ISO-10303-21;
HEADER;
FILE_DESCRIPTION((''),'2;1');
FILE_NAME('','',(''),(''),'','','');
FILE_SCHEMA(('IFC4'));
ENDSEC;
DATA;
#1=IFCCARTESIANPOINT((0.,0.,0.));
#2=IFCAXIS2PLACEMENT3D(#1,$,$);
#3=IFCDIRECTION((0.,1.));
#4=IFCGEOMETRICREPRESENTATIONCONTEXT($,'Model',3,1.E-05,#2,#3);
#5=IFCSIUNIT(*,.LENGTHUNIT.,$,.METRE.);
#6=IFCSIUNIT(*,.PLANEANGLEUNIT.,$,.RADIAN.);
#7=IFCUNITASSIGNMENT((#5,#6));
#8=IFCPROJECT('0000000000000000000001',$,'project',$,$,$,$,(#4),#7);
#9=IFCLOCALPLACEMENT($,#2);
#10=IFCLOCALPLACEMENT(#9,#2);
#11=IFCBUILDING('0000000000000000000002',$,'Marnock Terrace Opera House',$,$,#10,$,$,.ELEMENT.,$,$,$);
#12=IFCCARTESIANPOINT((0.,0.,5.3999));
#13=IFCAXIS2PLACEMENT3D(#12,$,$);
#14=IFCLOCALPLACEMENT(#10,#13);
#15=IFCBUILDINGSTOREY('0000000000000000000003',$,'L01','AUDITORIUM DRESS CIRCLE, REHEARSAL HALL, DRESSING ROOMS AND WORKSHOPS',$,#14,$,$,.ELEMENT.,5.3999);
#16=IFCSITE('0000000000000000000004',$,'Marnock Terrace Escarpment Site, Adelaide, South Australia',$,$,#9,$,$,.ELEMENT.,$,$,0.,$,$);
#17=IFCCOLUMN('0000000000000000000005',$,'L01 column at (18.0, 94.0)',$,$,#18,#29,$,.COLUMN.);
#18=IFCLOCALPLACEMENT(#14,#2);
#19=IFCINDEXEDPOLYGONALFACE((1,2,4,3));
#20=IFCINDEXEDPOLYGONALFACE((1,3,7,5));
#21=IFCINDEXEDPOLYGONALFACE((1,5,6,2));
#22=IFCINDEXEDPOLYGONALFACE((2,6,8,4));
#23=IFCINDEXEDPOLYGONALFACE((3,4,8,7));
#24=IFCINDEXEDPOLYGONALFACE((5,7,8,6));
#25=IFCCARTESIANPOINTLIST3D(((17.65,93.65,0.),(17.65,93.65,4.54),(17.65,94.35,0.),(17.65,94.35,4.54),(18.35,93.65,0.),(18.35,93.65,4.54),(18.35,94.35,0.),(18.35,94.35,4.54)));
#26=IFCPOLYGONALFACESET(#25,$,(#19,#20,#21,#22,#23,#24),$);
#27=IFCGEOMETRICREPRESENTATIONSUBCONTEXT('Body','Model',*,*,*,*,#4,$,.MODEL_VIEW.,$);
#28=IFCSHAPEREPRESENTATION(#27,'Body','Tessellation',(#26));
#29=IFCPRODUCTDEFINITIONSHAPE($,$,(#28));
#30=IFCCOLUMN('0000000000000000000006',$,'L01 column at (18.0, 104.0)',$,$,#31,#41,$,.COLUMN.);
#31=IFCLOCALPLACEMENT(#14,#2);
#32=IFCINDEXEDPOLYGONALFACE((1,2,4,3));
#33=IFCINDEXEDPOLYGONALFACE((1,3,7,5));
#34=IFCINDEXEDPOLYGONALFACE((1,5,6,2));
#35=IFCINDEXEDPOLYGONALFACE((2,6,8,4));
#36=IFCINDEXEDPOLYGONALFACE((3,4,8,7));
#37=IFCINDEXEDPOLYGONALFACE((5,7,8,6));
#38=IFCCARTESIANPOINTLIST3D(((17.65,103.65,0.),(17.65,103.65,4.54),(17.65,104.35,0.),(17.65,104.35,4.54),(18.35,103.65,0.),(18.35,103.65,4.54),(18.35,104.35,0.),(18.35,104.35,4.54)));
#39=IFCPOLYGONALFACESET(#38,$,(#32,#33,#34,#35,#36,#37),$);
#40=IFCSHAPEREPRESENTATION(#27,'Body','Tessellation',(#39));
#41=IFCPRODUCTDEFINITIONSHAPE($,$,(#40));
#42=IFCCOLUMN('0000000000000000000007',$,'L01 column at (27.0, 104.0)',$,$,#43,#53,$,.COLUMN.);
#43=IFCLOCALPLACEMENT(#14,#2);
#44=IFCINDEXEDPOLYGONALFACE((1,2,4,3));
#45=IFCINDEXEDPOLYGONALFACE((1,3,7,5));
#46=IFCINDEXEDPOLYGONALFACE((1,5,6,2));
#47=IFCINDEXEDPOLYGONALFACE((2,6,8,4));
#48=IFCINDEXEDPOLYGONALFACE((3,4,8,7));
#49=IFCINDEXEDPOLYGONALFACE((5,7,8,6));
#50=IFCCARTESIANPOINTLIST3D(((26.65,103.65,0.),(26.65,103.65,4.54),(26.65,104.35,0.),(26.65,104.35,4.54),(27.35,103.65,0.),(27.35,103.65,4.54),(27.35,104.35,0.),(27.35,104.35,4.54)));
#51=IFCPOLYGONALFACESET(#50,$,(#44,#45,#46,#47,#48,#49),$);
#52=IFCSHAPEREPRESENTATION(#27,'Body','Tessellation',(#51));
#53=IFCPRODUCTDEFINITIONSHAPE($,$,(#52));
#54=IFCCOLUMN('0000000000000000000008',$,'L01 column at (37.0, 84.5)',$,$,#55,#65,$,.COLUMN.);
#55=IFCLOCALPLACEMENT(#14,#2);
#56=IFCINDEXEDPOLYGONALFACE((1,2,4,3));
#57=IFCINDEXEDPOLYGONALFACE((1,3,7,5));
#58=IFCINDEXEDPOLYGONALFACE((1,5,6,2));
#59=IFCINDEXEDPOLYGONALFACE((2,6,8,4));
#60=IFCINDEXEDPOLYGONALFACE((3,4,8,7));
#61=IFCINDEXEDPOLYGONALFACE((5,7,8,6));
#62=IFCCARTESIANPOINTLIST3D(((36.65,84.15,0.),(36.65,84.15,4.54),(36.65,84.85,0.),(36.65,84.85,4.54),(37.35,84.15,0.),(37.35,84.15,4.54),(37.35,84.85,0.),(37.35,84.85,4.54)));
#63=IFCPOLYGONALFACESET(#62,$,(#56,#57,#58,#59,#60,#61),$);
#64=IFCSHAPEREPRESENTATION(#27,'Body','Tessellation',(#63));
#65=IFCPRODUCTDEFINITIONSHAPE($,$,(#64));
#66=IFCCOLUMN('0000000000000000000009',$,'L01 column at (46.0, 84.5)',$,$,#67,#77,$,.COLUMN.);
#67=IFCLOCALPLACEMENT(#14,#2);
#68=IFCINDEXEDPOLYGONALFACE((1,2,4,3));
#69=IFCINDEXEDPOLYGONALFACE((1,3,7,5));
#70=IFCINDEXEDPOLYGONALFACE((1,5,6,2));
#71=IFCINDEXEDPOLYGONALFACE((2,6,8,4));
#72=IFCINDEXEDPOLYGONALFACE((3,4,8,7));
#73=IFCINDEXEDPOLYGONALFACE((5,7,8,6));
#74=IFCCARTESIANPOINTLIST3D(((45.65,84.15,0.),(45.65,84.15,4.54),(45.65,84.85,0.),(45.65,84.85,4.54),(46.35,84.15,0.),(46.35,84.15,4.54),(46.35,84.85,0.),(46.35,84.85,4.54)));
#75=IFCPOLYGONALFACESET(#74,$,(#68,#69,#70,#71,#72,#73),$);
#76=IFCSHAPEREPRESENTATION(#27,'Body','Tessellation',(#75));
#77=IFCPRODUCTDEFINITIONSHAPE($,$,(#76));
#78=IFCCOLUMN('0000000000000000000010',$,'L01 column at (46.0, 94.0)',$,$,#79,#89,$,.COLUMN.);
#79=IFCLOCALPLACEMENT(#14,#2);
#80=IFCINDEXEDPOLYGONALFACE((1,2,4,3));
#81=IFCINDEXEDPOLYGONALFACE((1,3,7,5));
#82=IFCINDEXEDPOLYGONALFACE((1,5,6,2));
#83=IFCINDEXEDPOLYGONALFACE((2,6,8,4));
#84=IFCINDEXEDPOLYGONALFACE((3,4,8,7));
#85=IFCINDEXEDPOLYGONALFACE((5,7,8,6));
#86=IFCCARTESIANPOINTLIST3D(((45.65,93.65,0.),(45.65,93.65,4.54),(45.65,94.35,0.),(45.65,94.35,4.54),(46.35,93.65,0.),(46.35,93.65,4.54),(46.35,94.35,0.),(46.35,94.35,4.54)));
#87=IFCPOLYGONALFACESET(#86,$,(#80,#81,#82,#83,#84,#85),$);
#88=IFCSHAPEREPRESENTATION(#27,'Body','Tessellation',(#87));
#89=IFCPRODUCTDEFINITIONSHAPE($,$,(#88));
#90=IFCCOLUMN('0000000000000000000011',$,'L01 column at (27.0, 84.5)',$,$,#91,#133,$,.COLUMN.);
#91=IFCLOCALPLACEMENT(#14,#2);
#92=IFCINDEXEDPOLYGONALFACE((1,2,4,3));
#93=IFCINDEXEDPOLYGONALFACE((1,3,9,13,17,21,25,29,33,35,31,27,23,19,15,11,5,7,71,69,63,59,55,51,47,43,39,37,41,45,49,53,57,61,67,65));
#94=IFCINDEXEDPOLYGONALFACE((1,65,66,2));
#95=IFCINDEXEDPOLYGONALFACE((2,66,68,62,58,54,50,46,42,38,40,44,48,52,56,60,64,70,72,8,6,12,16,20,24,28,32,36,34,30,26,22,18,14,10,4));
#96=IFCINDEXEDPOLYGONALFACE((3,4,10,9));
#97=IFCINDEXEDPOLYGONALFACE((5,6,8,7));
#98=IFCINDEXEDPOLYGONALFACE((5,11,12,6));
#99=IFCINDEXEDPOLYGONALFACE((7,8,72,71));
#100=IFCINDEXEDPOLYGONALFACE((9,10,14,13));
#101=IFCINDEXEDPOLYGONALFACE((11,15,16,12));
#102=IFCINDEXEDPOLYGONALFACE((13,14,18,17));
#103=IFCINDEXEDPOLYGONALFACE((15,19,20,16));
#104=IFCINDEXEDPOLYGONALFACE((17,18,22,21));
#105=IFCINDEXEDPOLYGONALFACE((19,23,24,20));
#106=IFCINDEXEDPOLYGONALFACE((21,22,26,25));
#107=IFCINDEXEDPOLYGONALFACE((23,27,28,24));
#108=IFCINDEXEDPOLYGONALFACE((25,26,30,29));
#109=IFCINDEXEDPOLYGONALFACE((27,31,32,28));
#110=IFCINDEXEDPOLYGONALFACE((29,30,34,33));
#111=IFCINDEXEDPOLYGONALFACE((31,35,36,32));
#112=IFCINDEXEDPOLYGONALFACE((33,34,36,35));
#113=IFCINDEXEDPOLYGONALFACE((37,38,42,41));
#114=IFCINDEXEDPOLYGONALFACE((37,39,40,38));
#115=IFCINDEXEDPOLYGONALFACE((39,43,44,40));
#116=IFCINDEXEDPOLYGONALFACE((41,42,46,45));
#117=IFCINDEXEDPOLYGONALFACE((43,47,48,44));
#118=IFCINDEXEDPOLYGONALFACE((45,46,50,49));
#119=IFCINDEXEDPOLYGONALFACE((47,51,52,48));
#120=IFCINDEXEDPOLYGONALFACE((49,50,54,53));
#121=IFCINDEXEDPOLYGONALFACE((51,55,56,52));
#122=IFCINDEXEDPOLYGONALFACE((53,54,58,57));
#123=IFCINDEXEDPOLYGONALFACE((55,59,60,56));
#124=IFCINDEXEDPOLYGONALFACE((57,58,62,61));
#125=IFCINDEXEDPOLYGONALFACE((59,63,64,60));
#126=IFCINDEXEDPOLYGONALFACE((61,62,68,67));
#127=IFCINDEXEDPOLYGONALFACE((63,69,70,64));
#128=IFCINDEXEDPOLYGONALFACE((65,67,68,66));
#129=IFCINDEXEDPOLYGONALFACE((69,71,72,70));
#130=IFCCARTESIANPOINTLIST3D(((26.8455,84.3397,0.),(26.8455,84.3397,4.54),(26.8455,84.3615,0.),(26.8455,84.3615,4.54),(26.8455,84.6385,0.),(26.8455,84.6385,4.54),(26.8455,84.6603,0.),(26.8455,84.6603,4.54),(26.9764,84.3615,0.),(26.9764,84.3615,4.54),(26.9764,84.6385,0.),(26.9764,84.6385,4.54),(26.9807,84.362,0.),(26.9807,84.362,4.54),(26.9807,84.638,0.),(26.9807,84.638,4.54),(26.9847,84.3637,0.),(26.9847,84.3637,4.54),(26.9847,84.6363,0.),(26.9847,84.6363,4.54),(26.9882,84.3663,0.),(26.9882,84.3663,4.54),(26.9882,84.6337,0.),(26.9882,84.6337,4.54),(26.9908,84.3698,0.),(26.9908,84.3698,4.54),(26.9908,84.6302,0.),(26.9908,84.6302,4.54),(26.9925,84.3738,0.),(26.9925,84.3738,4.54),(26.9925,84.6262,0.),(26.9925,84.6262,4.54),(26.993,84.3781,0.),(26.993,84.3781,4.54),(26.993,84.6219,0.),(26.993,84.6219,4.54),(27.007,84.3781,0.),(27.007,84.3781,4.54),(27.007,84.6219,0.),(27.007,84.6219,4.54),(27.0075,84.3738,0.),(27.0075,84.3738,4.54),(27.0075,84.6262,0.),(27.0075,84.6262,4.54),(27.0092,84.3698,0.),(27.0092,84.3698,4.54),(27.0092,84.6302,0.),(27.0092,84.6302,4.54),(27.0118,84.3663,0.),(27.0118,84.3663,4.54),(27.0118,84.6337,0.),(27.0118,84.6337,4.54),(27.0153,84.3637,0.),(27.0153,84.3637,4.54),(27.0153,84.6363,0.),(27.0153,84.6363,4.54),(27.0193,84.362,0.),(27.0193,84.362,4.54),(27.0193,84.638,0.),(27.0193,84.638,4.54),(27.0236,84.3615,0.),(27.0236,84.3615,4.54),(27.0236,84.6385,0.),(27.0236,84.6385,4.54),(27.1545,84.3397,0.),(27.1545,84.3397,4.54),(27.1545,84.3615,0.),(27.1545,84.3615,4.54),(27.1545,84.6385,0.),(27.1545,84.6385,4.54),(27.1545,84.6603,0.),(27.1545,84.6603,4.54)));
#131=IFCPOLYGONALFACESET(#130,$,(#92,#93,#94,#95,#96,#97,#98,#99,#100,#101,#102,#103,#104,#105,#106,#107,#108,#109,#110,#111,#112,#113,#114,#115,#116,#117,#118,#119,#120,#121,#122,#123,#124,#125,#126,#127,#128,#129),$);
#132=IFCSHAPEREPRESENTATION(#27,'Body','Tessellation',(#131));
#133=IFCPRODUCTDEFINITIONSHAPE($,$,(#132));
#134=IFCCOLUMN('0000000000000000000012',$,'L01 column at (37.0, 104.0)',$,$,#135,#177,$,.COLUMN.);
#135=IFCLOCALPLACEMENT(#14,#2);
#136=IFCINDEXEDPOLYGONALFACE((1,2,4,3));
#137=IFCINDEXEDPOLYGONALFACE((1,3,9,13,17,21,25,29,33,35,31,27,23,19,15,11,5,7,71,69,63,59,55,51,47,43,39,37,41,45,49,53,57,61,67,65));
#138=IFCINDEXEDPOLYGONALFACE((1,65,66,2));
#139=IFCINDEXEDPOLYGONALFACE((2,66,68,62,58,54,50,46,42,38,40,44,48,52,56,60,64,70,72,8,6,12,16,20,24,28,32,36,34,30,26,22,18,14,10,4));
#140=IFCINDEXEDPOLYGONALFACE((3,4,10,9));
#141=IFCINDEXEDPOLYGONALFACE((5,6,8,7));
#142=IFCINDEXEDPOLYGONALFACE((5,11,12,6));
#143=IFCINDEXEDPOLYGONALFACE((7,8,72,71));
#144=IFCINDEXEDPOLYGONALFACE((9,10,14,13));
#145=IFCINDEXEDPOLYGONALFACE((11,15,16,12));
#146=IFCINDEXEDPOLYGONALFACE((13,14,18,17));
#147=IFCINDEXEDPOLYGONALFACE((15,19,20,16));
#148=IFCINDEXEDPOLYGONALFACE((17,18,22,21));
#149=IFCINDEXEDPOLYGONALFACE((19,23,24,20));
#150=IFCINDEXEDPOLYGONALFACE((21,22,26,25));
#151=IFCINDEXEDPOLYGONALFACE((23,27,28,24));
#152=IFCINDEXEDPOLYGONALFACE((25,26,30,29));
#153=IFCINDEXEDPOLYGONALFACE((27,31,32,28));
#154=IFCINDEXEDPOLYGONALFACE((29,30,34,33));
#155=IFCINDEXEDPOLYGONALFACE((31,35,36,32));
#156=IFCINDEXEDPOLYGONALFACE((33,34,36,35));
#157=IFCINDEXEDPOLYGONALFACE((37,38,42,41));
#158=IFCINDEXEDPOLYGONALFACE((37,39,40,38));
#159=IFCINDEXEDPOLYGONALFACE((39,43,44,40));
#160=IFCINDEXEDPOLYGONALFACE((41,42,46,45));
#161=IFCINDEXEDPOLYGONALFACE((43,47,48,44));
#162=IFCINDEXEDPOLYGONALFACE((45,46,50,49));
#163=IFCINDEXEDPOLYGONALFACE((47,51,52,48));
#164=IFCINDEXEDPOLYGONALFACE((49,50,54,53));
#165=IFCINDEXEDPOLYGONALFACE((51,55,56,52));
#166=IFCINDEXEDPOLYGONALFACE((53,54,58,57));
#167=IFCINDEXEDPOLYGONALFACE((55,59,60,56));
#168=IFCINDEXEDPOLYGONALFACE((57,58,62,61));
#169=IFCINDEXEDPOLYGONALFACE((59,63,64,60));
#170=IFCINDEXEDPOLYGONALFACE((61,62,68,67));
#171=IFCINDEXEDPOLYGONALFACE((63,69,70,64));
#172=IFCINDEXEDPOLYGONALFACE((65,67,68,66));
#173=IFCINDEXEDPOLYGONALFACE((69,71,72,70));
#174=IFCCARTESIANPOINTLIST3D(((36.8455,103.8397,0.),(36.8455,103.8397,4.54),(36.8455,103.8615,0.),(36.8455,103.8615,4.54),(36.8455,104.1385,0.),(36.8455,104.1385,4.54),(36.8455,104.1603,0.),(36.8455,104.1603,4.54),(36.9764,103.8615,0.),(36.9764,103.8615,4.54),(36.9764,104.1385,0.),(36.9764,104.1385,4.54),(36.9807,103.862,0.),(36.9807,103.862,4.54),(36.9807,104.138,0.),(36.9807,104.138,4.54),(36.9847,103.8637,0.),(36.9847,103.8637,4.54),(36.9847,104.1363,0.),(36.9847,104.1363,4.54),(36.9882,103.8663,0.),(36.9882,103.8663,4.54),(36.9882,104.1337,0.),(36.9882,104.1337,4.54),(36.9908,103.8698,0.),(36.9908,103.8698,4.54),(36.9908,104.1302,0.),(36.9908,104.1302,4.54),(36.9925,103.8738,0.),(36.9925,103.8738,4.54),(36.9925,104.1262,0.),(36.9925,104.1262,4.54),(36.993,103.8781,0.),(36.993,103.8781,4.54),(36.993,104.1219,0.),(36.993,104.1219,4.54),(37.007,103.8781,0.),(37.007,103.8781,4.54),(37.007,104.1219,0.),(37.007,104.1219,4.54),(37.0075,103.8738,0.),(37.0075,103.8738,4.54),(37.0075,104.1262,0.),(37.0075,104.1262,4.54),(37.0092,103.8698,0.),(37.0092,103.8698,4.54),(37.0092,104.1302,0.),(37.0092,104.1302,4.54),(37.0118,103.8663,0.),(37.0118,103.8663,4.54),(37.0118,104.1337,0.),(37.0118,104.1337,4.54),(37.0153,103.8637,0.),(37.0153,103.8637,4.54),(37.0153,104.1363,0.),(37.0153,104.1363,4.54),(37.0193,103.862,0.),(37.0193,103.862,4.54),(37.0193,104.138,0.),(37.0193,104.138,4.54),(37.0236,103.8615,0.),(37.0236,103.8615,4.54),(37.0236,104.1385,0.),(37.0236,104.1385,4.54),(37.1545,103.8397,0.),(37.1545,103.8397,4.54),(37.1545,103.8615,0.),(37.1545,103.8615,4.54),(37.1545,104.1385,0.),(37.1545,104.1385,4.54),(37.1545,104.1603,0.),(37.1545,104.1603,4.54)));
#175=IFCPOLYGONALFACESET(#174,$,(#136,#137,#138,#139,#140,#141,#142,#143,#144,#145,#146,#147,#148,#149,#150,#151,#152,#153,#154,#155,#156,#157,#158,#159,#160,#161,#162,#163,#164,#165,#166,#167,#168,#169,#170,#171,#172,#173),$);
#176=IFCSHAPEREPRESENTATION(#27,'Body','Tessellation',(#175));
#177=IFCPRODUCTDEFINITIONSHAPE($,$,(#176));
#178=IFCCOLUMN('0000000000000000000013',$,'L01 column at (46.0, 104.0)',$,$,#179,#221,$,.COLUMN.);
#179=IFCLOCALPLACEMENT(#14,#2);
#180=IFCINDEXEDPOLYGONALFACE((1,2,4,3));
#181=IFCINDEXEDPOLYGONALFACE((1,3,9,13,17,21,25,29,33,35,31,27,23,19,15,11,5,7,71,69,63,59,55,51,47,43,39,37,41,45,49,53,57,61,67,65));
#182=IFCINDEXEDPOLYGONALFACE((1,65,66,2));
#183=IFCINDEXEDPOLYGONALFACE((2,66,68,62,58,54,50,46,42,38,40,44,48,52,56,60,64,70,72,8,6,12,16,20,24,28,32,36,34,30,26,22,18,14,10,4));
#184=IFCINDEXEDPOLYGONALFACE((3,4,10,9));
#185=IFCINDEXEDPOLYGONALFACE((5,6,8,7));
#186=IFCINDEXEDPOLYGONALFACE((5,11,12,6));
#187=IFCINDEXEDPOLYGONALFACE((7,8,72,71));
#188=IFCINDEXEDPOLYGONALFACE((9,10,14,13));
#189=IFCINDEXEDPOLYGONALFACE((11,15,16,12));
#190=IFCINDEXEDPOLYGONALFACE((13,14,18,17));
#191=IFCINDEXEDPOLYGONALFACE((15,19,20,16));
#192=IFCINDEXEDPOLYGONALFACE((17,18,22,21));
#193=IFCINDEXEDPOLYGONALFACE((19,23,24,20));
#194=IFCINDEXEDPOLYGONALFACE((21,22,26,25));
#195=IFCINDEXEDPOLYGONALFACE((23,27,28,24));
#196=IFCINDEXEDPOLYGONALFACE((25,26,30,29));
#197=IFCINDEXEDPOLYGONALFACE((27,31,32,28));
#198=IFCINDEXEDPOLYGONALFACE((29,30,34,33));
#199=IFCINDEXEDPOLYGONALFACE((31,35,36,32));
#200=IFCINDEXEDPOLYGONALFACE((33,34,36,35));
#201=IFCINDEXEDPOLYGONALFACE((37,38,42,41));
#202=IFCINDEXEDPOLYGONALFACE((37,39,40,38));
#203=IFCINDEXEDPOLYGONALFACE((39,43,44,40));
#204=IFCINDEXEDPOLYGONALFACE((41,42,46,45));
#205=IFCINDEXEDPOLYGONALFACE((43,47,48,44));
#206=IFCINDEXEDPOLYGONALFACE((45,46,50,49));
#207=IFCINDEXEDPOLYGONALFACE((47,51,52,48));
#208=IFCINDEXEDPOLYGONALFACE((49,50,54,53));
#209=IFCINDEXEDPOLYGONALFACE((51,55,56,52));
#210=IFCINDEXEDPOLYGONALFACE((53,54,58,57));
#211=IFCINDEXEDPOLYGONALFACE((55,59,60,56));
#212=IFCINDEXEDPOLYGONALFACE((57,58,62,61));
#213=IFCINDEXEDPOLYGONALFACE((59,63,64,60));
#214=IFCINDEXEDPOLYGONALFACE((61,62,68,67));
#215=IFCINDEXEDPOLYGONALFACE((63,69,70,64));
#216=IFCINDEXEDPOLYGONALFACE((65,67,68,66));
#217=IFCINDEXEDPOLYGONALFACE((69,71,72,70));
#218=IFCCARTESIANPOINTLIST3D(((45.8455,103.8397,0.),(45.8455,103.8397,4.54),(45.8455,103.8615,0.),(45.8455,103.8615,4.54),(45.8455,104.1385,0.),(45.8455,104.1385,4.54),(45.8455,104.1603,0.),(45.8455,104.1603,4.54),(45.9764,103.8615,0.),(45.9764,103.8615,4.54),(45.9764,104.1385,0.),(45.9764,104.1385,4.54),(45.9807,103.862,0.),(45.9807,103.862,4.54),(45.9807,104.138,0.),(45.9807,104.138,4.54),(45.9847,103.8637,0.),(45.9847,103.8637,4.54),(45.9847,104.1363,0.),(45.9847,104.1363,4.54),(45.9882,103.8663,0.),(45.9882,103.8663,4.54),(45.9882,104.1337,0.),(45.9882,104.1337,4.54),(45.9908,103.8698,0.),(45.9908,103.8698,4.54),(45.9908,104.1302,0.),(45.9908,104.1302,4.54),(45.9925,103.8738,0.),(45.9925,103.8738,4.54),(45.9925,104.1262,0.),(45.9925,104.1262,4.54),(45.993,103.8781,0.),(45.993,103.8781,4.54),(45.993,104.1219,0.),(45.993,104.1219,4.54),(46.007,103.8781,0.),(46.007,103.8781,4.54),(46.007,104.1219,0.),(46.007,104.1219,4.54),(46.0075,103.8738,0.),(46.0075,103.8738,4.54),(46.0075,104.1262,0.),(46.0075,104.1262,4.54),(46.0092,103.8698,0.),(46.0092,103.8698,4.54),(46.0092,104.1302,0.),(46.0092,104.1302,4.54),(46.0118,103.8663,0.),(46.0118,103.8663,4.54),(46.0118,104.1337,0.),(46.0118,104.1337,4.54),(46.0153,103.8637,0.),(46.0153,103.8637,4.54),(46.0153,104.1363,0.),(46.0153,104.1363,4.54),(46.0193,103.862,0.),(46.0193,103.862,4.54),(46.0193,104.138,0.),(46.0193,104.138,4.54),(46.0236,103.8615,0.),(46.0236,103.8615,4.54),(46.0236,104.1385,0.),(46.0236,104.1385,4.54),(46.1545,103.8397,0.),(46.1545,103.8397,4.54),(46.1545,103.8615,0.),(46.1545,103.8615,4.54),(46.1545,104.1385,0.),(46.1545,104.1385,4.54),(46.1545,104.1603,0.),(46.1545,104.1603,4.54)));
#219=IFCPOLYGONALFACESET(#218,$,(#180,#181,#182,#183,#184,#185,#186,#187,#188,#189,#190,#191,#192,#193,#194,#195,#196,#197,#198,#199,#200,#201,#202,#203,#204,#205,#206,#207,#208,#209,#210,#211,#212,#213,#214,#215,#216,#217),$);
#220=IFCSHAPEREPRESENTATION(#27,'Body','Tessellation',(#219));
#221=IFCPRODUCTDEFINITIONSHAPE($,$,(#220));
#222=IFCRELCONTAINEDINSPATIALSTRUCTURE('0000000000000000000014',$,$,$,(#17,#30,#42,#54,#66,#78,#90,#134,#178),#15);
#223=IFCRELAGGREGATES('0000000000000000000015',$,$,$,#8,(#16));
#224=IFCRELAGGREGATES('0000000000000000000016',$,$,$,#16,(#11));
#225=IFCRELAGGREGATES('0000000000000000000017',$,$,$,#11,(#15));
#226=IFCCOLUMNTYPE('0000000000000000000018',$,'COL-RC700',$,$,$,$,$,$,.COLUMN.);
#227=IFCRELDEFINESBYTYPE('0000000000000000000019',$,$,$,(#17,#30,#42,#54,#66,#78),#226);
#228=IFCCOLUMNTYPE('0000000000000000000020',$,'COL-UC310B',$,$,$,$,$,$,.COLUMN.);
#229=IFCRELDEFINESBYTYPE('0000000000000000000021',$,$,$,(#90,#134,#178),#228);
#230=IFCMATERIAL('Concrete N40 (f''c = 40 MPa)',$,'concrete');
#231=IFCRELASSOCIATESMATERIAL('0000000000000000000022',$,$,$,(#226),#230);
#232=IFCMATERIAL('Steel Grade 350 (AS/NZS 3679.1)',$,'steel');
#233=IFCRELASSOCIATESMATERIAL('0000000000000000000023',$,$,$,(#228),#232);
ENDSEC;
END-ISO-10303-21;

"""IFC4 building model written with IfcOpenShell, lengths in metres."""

from ifc_helpers import new_model, si_unit, direction, frame, origin, origin_2d, place, context, subcontext, project, spatial, rectangle, i_section, extrude, material, material_profile, profile_set, type_object, element, save


model = new_model("IFC4")

# Units and contexts
model_context = context("Model", 3, precision=1e-05, world=origin(), true_north=direction((0.0, 1.0)))
body_context = subcontext(model_context, "Body", "Model", "MODEL_VIEW")
ifc_project = project(units=[si_unit("LENGTHUNIT", "METRE"), si_unit("PLANEANGLEUNIT", "RADIAN")], contexts=[model_context])

# Site, building, storey
site_placement = place(None, origin())
site = spatial("IfcSite", under=ifc_project, at=site_placement, Name="Marnock Terrace Escarpment Site, Adelaide, South Australia", CompositionType="ELEMENT", RefElevation=0.0)
building_placement = place(site_placement, origin())
building = spatial("IfcBuilding", under=site, at=building_placement, Name="Marnock Terrace Opera House", CompositionType="ELEMENT")
storey_placement = place(building_placement, frame((0.0, 0.0, 5.3999)))
storey = spatial("IfcBuildingStorey", under=building, at=storey_placement, Name="L01", Description="AUDITORIUM DRESS CIRCLE, REHEARSAL HALL, DRESSING ROOMS AND WORKSHOPS", CompositionType="ELEMENT", Elevation=5.3999)

# Columns
ifc_material_1 = material(Name="Concrete N40 (f'c = 40 MPa)", Category="concrete")
ifc_material_profile_1 = material_profile(ifc_material_1, rectangle(XDim=0.7, YDim=0.7, at=origin_2d()))
ifc_profile_set_1 = profile_set([ifc_material_profile_1], Name="Concrete N40 (f'c = 40 MPa)")
column_type_1 = type_object("IfcColumnType", Name="COL-RC700", PredefinedType="COLUMN", material=ifc_profile_set_1)
for number, where, z_axis, x_axis, name in (
    (1, (18.0, 94.0, 0.0), (0.0, 0.0, 1.0), (1.0, 0.0, 0.0), "L01 column at (18.0, 94.0)"),
    (2, (18.0, 104.0, 0.0), (0.0, 0.0, 1.0), (1.0, 0.0, 0.0), "L01 column at (18.0, 104.0)"),
    (3, (27.0, 104.0, 0.0), (0.0, 0.0, 1.0), (1.0, 0.0, 0.0), "L01 column at (27.0, 104.0)"),
    (4, (37.0, 84.5, 0.0), (0.0, 0.0, 1.0), (1.0, 0.0, 0.0), "L01 column at (37.0, 84.5)"),
    (5, (46.0, 84.5, 0.0), (0.0, 0.0, 1.0), (1.0, 0.0, 0.0), "L01 column at (46.0, 84.5)"),
    (6, (46.0, 94.0, 0.0), (0.0, 0.0, 1.0), (1.0, 0.0, 0.0), "L01 column at (46.0, 94.0)"),
):
    element("IfcColumn", number, at=place(storey_placement, frame(where, z_axis=z_axis, x_axis=x_axis)), inside=storey, type_object=column_type_1, Name=name, PredefinedType="COLUMN", context=body_context, shape_type="SweptSolid", body=[
        extrude(rectangle(XDim=0.7, YDim=0.7, at=origin_2d()), origin(), (0.0, 0.0, 1.0), 4.54),
    ])
ifc_material_2 = material(Name="Steel Grade 350 (AS/NZS 3679.1)", Category="steel")
ifc_material_profile_2 = material_profile(ifc_material_2, i_section(OverallWidth=0.3091, OverallDepth=0.3206, WebThickness=0.0139, FlangeThickness=0.0217, FilletRadius=0.0166, at=origin_2d()))
ifc_profile_set_2 = profile_set([ifc_material_profile_2], Name="Steel Grade 350 (AS/NZS 3679.1)")
column_type_2 = type_object("IfcColumnType", Name="COL-UC310B", PredefinedType="COLUMN", material=ifc_profile_set_2)
for number, where, z_axis, x_axis, name in (
    (7, (27.0, 84.5, 0.0), (0.0, 0.0, 1.0), (1.0, 0.0, 0.0), "L01 column at (27.0, 84.5)"),
    (8, (37.0, 104.0, 0.0), (0.0, 0.0, 1.0), (1.0, 0.0, 0.0), "L01 column at (37.0, 104.0)"),
    (9, (46.0, 104.0, 0.0), (0.0, 0.0, 1.0), (1.0, 0.0, 0.0), "L01 column at (46.0, 104.0)"),
):
    element("IfcColumn", number, at=place(storey_placement, frame(where, z_axis=z_axis, x_axis=x_axis)), inside=storey, type_object=column_type_2, Name=name, PredefinedType="COLUMN", context=body_context, shape_type="SweptSolid", body=[
        extrude(i_section(OverallWidth=0.3091, OverallDepth=0.3206, WebThickness=0.0139, FlangeThickness=0.0217, FilletRadius=0.0166, at=origin_2d()), origin(), (0.0, 0.0, 1.0), 4.54),
    ])

save(model, "model.ifc")
